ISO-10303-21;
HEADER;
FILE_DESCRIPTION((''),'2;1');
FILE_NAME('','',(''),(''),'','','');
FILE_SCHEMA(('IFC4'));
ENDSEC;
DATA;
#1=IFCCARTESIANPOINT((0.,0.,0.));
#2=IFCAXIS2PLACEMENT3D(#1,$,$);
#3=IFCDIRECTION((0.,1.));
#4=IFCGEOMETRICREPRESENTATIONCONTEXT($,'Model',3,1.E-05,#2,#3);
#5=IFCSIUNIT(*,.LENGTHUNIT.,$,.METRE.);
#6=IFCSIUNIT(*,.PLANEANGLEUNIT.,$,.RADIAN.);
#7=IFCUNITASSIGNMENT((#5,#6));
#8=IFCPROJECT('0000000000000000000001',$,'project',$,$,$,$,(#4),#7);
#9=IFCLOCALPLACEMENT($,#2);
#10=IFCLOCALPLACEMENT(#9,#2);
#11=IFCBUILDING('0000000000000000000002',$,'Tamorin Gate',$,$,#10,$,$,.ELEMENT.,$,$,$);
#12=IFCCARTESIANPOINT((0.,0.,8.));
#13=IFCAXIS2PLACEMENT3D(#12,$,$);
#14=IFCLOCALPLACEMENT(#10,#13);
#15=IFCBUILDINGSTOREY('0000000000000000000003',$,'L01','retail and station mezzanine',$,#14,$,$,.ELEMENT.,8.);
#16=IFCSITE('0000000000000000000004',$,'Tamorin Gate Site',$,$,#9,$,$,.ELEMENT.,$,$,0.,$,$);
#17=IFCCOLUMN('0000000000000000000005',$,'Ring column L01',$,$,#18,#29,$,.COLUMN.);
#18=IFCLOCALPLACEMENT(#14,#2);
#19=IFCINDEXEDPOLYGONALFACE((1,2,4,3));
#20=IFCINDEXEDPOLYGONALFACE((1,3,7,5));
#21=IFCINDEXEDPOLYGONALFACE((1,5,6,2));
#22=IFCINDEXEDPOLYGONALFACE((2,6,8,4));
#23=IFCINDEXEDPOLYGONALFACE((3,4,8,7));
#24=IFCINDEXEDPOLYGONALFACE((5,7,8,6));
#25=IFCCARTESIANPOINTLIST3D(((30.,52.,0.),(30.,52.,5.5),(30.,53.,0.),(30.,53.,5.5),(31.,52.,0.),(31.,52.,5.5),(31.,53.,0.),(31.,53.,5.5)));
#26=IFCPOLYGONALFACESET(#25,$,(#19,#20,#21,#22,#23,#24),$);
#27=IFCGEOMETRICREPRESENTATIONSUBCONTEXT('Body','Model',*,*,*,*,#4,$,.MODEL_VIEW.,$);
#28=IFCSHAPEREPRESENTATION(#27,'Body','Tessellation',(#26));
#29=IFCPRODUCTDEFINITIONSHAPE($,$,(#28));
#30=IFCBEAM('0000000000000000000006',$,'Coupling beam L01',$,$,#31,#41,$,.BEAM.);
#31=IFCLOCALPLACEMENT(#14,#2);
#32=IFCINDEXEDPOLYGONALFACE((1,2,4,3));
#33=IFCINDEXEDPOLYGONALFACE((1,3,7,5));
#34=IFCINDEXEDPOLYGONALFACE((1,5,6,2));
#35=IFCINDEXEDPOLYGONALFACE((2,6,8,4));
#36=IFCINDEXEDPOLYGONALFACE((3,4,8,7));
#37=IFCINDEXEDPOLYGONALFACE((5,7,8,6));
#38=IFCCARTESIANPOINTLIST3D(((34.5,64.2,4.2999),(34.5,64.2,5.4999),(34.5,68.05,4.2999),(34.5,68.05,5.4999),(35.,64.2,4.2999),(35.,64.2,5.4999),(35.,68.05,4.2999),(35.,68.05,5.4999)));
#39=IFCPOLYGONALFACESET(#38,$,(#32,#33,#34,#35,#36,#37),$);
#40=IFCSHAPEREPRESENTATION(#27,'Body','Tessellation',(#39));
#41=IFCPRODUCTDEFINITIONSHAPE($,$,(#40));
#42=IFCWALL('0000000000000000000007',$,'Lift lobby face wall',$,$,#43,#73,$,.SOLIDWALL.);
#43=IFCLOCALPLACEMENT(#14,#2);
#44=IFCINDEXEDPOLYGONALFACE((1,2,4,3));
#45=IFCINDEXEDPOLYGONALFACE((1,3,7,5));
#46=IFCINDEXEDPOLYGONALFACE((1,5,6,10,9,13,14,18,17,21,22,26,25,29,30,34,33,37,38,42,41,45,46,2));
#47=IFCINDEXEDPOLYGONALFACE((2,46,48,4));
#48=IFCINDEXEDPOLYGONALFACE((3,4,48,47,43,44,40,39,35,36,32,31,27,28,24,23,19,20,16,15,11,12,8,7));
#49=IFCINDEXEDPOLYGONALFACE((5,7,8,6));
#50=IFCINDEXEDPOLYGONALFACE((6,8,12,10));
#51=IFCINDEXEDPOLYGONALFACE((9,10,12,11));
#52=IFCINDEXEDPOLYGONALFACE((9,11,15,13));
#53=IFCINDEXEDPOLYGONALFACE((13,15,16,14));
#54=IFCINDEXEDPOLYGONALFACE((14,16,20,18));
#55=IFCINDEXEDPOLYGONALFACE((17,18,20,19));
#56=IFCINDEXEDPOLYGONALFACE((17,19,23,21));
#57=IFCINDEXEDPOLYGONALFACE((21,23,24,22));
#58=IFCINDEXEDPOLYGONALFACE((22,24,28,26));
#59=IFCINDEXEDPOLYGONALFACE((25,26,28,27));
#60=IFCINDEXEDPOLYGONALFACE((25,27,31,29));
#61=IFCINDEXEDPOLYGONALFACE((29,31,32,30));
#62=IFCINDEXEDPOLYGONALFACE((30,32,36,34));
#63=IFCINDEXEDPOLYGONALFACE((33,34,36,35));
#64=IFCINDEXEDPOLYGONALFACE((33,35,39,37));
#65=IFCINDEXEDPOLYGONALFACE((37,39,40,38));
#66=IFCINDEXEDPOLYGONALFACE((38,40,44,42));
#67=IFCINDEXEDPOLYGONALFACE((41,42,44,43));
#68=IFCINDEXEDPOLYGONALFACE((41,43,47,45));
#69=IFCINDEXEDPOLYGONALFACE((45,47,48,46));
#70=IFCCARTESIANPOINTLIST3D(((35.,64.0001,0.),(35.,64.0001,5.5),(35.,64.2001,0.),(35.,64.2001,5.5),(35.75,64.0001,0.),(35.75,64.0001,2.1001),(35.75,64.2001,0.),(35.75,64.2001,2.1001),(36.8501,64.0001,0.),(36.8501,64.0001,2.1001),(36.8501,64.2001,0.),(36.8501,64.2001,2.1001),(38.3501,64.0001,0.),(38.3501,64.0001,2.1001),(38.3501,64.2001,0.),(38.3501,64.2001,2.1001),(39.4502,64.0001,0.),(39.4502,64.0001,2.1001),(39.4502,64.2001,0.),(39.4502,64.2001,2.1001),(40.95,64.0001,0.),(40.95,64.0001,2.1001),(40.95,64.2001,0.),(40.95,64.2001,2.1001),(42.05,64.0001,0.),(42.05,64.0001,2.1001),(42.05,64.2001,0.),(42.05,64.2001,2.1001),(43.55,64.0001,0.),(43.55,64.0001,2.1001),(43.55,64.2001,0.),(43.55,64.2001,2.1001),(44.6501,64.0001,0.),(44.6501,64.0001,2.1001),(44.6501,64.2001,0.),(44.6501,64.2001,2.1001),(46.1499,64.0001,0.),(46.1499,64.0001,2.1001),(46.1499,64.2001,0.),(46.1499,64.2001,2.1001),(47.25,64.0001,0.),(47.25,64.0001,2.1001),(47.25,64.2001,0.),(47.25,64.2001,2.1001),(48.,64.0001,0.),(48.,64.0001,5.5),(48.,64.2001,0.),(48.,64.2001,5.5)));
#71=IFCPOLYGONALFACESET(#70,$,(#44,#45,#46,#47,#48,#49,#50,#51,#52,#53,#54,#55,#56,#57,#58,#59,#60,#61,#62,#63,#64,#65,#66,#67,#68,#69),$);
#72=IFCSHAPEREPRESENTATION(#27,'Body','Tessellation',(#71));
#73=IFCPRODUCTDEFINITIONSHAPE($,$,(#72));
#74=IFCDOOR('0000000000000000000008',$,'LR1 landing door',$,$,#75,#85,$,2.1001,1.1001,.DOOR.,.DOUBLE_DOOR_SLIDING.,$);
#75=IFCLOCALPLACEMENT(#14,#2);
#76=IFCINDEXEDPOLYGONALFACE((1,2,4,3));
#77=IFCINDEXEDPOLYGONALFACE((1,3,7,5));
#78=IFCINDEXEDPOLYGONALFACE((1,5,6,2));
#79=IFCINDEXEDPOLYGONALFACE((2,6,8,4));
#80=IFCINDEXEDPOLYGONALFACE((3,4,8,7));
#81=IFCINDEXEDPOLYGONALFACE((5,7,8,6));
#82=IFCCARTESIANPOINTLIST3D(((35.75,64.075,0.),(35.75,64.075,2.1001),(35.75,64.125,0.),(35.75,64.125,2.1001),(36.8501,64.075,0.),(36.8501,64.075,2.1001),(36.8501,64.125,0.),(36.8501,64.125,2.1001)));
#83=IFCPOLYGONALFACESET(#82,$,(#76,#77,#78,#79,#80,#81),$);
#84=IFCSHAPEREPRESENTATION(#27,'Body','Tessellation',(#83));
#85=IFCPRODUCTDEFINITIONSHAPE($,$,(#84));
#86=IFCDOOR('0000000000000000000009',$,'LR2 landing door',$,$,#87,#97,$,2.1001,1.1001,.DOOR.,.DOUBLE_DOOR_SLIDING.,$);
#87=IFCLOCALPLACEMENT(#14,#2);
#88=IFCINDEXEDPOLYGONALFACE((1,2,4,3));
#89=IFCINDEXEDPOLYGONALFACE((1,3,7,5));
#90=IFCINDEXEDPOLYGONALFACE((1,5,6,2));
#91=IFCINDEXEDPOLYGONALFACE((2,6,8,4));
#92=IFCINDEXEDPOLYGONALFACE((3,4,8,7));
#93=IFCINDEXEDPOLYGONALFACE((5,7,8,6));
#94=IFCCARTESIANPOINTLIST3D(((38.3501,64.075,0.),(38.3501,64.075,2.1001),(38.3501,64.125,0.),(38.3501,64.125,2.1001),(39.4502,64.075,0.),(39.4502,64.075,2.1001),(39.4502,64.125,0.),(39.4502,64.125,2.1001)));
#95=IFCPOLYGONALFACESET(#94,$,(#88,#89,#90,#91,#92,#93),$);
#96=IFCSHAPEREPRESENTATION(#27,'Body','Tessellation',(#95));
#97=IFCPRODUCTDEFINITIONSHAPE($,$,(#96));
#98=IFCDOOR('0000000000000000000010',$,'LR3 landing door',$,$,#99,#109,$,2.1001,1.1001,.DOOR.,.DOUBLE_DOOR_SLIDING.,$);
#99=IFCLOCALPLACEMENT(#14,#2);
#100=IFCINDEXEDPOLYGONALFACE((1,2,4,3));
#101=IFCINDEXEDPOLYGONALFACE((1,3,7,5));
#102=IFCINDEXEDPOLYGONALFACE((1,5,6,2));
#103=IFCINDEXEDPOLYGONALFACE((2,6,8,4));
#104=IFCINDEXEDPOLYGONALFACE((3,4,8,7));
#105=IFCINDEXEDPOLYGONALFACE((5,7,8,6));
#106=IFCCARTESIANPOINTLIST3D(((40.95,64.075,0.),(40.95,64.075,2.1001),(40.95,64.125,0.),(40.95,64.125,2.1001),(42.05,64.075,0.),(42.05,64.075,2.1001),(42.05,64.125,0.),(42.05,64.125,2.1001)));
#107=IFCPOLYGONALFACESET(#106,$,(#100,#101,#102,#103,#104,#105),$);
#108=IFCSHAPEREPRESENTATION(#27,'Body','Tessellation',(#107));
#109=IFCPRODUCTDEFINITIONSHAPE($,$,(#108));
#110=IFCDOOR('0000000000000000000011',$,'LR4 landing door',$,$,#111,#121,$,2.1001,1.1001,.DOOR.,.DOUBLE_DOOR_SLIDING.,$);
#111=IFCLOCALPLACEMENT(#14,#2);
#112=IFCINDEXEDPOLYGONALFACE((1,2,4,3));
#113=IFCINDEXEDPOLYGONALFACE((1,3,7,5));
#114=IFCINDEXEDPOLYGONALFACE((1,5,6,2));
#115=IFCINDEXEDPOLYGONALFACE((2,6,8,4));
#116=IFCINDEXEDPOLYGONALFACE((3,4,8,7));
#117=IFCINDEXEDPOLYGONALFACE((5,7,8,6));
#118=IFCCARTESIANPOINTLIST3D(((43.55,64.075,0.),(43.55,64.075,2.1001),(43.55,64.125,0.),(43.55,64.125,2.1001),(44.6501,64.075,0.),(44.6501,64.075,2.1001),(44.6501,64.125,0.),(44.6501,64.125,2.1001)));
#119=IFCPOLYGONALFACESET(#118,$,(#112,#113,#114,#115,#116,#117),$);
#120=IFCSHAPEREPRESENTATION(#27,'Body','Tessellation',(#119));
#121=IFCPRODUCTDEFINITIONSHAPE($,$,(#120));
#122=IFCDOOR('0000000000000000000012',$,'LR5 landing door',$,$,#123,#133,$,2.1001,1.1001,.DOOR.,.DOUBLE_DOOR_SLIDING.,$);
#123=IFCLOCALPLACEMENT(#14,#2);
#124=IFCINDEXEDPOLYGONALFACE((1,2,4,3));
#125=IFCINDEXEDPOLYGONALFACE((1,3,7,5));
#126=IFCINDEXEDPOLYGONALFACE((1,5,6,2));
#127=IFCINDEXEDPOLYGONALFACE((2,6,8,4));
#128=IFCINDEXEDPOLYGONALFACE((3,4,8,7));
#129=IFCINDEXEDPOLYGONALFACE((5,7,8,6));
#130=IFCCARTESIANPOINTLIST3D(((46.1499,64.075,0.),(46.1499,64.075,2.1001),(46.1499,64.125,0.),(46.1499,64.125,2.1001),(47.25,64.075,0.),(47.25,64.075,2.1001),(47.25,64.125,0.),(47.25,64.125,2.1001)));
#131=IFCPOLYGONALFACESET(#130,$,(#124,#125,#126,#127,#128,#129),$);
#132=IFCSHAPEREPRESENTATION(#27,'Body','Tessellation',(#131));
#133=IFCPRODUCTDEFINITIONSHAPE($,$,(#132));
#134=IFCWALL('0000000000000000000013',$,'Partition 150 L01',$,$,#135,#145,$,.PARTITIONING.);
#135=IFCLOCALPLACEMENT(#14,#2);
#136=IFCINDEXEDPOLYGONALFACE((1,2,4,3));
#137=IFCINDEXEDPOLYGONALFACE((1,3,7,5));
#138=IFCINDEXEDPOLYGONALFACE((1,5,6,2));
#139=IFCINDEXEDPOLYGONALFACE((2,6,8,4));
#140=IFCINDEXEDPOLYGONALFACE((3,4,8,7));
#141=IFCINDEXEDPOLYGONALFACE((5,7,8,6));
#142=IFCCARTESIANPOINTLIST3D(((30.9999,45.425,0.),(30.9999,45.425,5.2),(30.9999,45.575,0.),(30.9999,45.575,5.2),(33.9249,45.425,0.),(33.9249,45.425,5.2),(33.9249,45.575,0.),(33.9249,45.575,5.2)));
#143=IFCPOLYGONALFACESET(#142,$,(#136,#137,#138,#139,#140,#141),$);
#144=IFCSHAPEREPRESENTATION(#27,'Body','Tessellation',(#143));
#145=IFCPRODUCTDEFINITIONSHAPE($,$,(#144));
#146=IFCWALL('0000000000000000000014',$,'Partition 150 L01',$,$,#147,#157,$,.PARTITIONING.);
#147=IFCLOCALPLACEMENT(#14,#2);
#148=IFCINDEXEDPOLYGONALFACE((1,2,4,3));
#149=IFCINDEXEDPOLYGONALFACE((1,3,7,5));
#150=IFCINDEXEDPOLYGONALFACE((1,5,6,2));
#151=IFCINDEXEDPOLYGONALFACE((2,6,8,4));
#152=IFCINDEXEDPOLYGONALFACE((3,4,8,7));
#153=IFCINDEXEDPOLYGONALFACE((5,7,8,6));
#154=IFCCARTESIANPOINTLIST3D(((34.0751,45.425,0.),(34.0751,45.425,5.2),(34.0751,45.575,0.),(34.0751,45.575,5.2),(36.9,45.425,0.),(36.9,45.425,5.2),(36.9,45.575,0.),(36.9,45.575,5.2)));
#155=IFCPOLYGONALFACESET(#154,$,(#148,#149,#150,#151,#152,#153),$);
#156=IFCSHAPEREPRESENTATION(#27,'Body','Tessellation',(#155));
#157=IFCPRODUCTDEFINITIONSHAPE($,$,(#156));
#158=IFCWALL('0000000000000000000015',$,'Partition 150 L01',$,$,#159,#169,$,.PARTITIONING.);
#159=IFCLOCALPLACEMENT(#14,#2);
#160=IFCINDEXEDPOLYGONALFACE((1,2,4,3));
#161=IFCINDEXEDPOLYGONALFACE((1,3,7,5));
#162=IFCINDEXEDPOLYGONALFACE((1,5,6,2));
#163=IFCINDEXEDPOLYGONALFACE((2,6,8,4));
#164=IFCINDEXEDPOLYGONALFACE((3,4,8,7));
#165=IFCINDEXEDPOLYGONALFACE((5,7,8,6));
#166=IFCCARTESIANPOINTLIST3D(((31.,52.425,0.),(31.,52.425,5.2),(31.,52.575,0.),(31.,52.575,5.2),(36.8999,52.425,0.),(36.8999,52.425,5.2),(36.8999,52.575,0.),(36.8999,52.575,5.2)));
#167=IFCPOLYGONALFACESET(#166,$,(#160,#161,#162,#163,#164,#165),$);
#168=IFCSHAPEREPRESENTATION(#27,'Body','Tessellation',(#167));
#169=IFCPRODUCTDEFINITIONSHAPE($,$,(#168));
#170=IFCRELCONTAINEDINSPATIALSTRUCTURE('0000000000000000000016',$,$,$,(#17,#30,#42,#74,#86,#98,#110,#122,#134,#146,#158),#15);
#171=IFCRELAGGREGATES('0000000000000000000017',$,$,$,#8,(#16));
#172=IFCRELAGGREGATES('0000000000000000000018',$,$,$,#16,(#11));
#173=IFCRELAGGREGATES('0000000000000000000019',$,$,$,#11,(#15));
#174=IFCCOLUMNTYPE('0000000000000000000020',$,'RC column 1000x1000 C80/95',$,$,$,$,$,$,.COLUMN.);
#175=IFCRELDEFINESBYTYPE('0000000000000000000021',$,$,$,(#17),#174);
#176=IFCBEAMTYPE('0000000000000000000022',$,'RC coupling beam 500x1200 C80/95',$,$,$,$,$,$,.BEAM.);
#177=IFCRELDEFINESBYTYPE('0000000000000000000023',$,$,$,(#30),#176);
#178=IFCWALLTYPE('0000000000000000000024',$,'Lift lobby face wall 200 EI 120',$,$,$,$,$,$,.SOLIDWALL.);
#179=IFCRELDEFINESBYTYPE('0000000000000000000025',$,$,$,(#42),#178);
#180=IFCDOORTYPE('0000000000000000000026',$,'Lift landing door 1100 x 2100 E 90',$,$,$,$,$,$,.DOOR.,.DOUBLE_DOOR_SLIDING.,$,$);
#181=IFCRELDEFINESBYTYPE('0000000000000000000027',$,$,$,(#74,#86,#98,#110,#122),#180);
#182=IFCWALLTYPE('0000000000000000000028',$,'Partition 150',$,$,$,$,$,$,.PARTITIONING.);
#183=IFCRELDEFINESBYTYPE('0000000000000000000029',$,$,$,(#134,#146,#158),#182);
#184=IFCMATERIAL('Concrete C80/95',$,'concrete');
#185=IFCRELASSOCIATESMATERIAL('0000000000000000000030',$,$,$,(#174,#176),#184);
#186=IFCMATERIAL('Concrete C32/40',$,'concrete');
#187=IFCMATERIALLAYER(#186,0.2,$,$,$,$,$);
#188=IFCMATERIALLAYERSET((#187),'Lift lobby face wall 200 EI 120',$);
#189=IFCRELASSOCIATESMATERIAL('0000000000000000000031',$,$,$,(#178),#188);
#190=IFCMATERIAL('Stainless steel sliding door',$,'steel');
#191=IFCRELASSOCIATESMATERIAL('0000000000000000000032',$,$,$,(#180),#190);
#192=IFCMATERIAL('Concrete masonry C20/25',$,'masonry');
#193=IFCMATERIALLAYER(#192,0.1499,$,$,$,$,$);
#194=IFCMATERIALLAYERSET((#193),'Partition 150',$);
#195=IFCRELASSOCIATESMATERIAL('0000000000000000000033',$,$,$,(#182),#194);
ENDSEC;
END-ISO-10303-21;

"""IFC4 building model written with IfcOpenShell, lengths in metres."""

from ifc_helpers import new_model, si_unit, direction, frame, frame_2d, origin, origin_2d, place, context, subcontext, project, spatial, rectangle, extrude, material, layer, layer_set, material_profile, profile_set, type_object, element, fill, save


model = new_model("IFC4")

# Units and contexts
model_context = context("Model", 3, precision=1e-05, world=origin(), true_north=direction((0.0, 1.0)))
body_context = subcontext(model_context, "Body", "Model", "MODEL_VIEW")
ifc_project = project(units=[si_unit("LENGTHUNIT", "METRE"), si_unit("PLANEANGLEUNIT", "RADIAN")], contexts=[model_context])

# Site, building, storey
site_placement = place(None, origin())
site = spatial("IfcSite", under=ifc_project, at=site_placement, Name="Tamorin Gate Site", CompositionType="ELEMENT", RefElevation=0.0)
building_placement = place(site_placement, origin())
building = spatial("IfcBuilding", under=site, at=building_placement, Name="Tamorin Gate", CompositionType="ELEMENT")
storey_placement = place(building_placement, frame((0.0, 0.0, 8.0)))
storey = spatial("IfcBuildingStorey", under=building, at=storey_placement, Name="L01", Description="retail and station mezzanine", CompositionType="ELEMENT", Elevation=8.0)

# Column
ifc_material_1 = material(Name="Concrete C80/95", Category="concrete")
ifc_material_profile_1 = material_profile(ifc_material_1, rectangle(XDim=1.0, YDim=1.0, at=origin_2d()), Name="RC 1000x1000")
ifc_profile_set_1 = profile_set([ifc_material_profile_1], Name="Concrete C80/95")
column_type = type_object("IfcColumnType", Name="RC column 1000x1000 C80/95", PredefinedType="COLUMN", material=ifc_profile_set_1)
column_placement = place(storey_placement, frame((30.5, 52.5, 0.0), z_axis=(0.0, 0.0, 1.0), x_axis=(1.0, 0.0, 0.0)))
element("IfcColumn", 1, at=column_placement, inside=storey, type_object=column_type, Name="Ring column L01", PredefinedType="COLUMN", context=body_context, shape_type="SweptSolid", body=[
    extrude(rectangle(XDim=1.0, YDim=1.0, at=origin_2d()), origin(), (0.0, 0.0, 1.0), 5.5),
])

# Beam
ifc_material_profile_2 = material_profile(ifc_material_1, rectangle(XDim=0.5, YDim=1.2, at=origin_2d()), Name="RC 500x1200")
ifc_profile_set_2 = profile_set([ifc_material_profile_2], Name="Concrete C80/95")
beam_type = type_object("IfcBeamType", Name="RC coupling beam 500x1200 C80/95", PredefinedType="BEAM", material=ifc_profile_set_2)
beam_placement = place(storey_placement, frame((34.75, 64.2, 4.8999), z_axis=(0.0, 1.0, 0.0), x_axis=(-1.0, 0.0, 0.0)))
element("IfcBeam", 2, at=beam_placement, inside=storey, type_object=beam_type, Name="Coupling beam L01", PredefinedType="BEAM", context=body_context, shape_type="SweptSolid", body=[
    extrude(rectangle(XDim=0.5, YDim=1.2, at=origin_2d()), origin(), (0.0, 0.0, 1.0), 3.8501),
])

# Wall, openings, doors
ifc_material_2 = material(Name="Concrete C32/40", Category="concrete")
ifc_layer_1 = layer(ifc_material_2, 0.2)
ifc_layer_set_1 = layer_set([ifc_layer_1], Name="Lift lobby face wall 200 EI 120")
wall_type_1 = type_object("IfcWallType", Name="Lift lobby face wall 200 EI 120", PredefinedType="SOLIDWALL", material=ifc_layer_set_1)
wall_1_placement = place(storey_placement, frame((35.0, 64.1001, 0.0), z_axis=(0.0, 0.0, 1.0), x_axis=(1.0, 0.0, 0.0)))
wall_1 = element("IfcWall", 3, at=wall_1_placement, inside=storey, type_object=wall_type_1, Name="Lift lobby face wall", PredefinedType="SOLIDWALL", context=body_context, shape_type="SweptSolid", body=[
    extrude(rectangle(XDim=13.0, YDim=0.2, at=frame_2d((6.5, 0.0))), origin(), (0.0, 0.0, 1.0), 5.5),
])
opening_1_placement = place(wall_1_placement, frame((0.75, 0.0, 0.0)))
opening_1 = element("IfcOpeningElement", 4, at=opening_1_placement, cuts=wall_1, PredefinedType="OPENING", context=body_context, shape_type="SweptSolid", body=[
    extrude(rectangle(XDim=1.1001, YDim=2.1001, at=frame_2d((0.55, 1.05))), frame((0.0, 0.1099, 0.0), z_axis=(0.0, -1.0, 0.0), x_axis=(1.0, 0.0, 0.0)), (0.0, 0.0, 1.0), 0.22),
])
opening_2_placement = place(wall_1_placement, frame((3.3501, 0.0, 0.0)))
opening_2 = element("IfcOpeningElement", 5, at=opening_2_placement, cuts=wall_1, PredefinedType="OPENING", context=body_context, shape_type="SweptSolid", body=[
    extrude(rectangle(XDim=1.1001, YDim=2.1001, at=frame_2d((0.55, 1.05))), frame((0.0, 0.1099, 0.0), z_axis=(0.0, -1.0, 0.0), x_axis=(1.0, 0.0, 0.0)), (0.0, 0.0, 1.0), 0.22),
])
opening_3_placement = place(wall_1_placement, frame((5.95, 0.0, 0.0)))
opening_3 = element("IfcOpeningElement", 6, at=opening_3_placement, cuts=wall_1, PredefinedType="OPENING", context=body_context, shape_type="SweptSolid", body=[
    extrude(rectangle(XDim=1.1001, YDim=2.1001, at=frame_2d((0.55, 1.05))), frame((0.0, 0.1099, 0.0), z_axis=(0.0, -1.0, 0.0), x_axis=(1.0, 0.0, 0.0)), (0.0, 0.0, 1.0), 0.22),
])
opening_4_placement = place(wall_1_placement, frame((8.55, 0.0, 0.0)))
opening_4 = element("IfcOpeningElement", 7, at=opening_4_placement, cuts=wall_1, PredefinedType="OPENING", context=body_context, shape_type="SweptSolid", body=[
    extrude(rectangle(XDim=1.1001, YDim=2.1001, at=frame_2d((0.55, 1.05))), frame((0.0, 0.1099, 0.0), z_axis=(0.0, -1.0, 0.0), x_axis=(1.0, 0.0, 0.0)), (0.0, 0.0, 1.0), 0.22),
])
opening_5_placement = place(wall_1_placement, frame((11.1499, 0.0, 0.0)))
opening_5 = element("IfcOpeningElement", 8, at=opening_5_placement, cuts=wall_1, PredefinedType="OPENING", context=body_context, shape_type="SweptSolid", body=[
    extrude(rectangle(XDim=1.1001, YDim=2.1001, at=frame_2d((0.55, 1.05))), frame((0.0, 0.1099, 0.0), z_axis=(0.0, -1.0, 0.0), x_axis=(1.0, 0.0, 0.0)), (0.0, 0.0, 1.0), 0.22),
])
ifc_material_3 = material(Name="Stainless steel sliding door", Category="steel")
door_type_1 = type_object("IfcDoorType", Name="Lift landing door 1100 x 2100 E 90", OperationType="DOUBLE_DOOR_SLIDING", PredefinedType="DOOR", material=ifc_material_3)
door_1_placement = place(opening_1_placement, origin())
door_1 = element("IfcDoor", 9, at=door_1_placement, inside=storey, type_object=door_type_1, Name="LR1 landing door", OperationType="DOUBLE_DOOR_SLIDING", OverallHeight=2.1001, OverallWidth=1.1001, PredefinedType="DOOR", context=body_context, shape_type="SweptSolid", body=[
    extrude(rectangle(XDim=1.1001, YDim=2.1001, at=frame_2d((0.55, 1.05))), frame((0.0, 0.0249, 0.0), z_axis=(0.0, -1.0, 0.0), x_axis=(1.0, 0.0, 0.0)), (0.0, 0.0, 1.0), 0.05),
])
fill(opening_1, door_1)
door_2_placement = place(opening_2_placement, origin())
door_2 = element("IfcDoor", 10, at=door_2_placement, inside=storey, type_object=door_type_1, Name="LR2 landing door", OperationType="DOUBLE_DOOR_SLIDING", OverallHeight=2.1001, OverallWidth=1.1001, PredefinedType="DOOR", context=body_context, shape_type="SweptSolid", body=[
    extrude(rectangle(XDim=1.1001, YDim=2.1001, at=frame_2d((0.55, 1.05))), frame((0.0, 0.0249, 0.0), z_axis=(0.0, -1.0, 0.0), x_axis=(1.0, 0.0, 0.0)), (0.0, 0.0, 1.0), 0.05),
])
fill(opening_2, door_2)
door_3_placement = place(opening_3_placement, origin())
door_3 = element("IfcDoor", 11, at=door_3_placement, inside=storey, type_object=door_type_1, Name="LR3 landing door", OperationType="DOUBLE_DOOR_SLIDING", OverallHeight=2.1001, OverallWidth=1.1001, PredefinedType="DOOR", context=body_context, shape_type="SweptSolid", body=[
    extrude(rectangle(XDim=1.1001, YDim=2.1001, at=frame_2d((0.55, 1.05))), frame((0.0, 0.0249, 0.0), z_axis=(0.0, -1.0, 0.0), x_axis=(1.0, 0.0, 0.0)), (0.0, 0.0, 1.0), 0.05),
])
fill(opening_3, door_3)
door_4_placement = place(opening_4_placement, origin())
door_4 = element("IfcDoor", 12, at=door_4_placement, inside=storey, type_object=door_type_1, Name="LR4 landing door", OperationType="DOUBLE_DOOR_SLIDING", OverallHeight=2.1001, OverallWidth=1.1001, PredefinedType="DOOR", context=body_context, shape_type="SweptSolid", body=[
    extrude(rectangle(XDim=1.1001, YDim=2.1001, at=frame_2d((0.55, 1.05))), frame((0.0, 0.0249, 0.0), z_axis=(0.0, -1.0, 0.0), x_axis=(1.0, 0.0, 0.0)), (0.0, 0.0, 1.0), 0.05),
])
fill(opening_4, door_4)
door_5_placement = place(opening_5_placement, origin())
door_5 = element("IfcDoor", 13, at=door_5_placement, inside=storey, type_object=door_type_1, Name="LR5 landing door", OperationType="DOUBLE_DOOR_SLIDING", OverallHeight=2.1001, OverallWidth=1.1001, PredefinedType="DOOR", context=body_context, shape_type="SweptSolid", body=[
    extrude(rectangle(XDim=1.1001, YDim=2.1001, at=frame_2d((0.55, 1.05))), frame((0.0, 0.0249, 0.0), z_axis=(0.0, -1.0, 0.0), x_axis=(1.0, 0.0, 0.0)), (0.0, 0.0, 1.0), 0.05),
])
fill(opening_5, door_5)

# Walls
ifc_material_4 = material(Name="Concrete masonry C20/25", Category="masonry")
ifc_layer_2 = layer(ifc_material_4, 0.1499)
ifc_layer_set_2 = layer_set([ifc_layer_2], Name="Partition 150")
wall_type_2 = type_object("IfcWallType", Name="Partition 150", PredefinedType="PARTITIONING", material=ifc_layer_set_2)
wall_2_placement = place(storey_placement, frame((31.0, 45.5, 0.0), z_axis=(0.0, 0.0, 1.0), x_axis=(1.0, 0.0, 0.0)))
element("IfcWall", 14, at=wall_2_placement, inside=storey, type_object=wall_type_2, Name="Partition 150 L01", PredefinedType="PARTITIONING", context=body_context, shape_type="SweptSolid", body=[
    extrude(rectangle(XDim=2.925, YDim=0.1499, at=frame_2d((1.4624, 0.0))), origin(), (0.0, 0.0, 1.0), 5.2),
])
wall_3_placement = place(storey_placement, frame((34.075, 45.5, 0.0), z_axis=(0.0, 0.0, 1.0), x_axis=(1.0, 0.0, 0.0)))
element("IfcWall", 15, at=wall_3_placement, inside=storey, type_object=wall_type_2, Name="Partition 150 L01", PredefinedType="PARTITIONING", context=body_context, shape_type="SweptSolid", body=[
    extrude(rectangle(XDim=2.825, YDim=0.1499, at=frame_2d((1.4126, 0.0))), origin(), (0.0, 0.0, 1.0), 5.2),
])
wall_4_placement = place(storey_placement, frame((31.0, 52.5, 0.0), z_axis=(0.0, 0.0, 1.0), x_axis=(1.0, 0.0, 0.0)))
element("IfcWall", 16, at=wall_4_placement, inside=storey, type_object=wall_type_2, Name="Partition 150 L01", PredefinedType="PARTITIONING", context=body_context, shape_type="SweptSolid", body=[
    extrude(rectangle(XDim=5.8999, YDim=0.1499, at=frame_2d((2.95, 0.0))), origin(), (0.0, 0.0, 1.0), 5.2),
])

save(model, "model.ifc")
